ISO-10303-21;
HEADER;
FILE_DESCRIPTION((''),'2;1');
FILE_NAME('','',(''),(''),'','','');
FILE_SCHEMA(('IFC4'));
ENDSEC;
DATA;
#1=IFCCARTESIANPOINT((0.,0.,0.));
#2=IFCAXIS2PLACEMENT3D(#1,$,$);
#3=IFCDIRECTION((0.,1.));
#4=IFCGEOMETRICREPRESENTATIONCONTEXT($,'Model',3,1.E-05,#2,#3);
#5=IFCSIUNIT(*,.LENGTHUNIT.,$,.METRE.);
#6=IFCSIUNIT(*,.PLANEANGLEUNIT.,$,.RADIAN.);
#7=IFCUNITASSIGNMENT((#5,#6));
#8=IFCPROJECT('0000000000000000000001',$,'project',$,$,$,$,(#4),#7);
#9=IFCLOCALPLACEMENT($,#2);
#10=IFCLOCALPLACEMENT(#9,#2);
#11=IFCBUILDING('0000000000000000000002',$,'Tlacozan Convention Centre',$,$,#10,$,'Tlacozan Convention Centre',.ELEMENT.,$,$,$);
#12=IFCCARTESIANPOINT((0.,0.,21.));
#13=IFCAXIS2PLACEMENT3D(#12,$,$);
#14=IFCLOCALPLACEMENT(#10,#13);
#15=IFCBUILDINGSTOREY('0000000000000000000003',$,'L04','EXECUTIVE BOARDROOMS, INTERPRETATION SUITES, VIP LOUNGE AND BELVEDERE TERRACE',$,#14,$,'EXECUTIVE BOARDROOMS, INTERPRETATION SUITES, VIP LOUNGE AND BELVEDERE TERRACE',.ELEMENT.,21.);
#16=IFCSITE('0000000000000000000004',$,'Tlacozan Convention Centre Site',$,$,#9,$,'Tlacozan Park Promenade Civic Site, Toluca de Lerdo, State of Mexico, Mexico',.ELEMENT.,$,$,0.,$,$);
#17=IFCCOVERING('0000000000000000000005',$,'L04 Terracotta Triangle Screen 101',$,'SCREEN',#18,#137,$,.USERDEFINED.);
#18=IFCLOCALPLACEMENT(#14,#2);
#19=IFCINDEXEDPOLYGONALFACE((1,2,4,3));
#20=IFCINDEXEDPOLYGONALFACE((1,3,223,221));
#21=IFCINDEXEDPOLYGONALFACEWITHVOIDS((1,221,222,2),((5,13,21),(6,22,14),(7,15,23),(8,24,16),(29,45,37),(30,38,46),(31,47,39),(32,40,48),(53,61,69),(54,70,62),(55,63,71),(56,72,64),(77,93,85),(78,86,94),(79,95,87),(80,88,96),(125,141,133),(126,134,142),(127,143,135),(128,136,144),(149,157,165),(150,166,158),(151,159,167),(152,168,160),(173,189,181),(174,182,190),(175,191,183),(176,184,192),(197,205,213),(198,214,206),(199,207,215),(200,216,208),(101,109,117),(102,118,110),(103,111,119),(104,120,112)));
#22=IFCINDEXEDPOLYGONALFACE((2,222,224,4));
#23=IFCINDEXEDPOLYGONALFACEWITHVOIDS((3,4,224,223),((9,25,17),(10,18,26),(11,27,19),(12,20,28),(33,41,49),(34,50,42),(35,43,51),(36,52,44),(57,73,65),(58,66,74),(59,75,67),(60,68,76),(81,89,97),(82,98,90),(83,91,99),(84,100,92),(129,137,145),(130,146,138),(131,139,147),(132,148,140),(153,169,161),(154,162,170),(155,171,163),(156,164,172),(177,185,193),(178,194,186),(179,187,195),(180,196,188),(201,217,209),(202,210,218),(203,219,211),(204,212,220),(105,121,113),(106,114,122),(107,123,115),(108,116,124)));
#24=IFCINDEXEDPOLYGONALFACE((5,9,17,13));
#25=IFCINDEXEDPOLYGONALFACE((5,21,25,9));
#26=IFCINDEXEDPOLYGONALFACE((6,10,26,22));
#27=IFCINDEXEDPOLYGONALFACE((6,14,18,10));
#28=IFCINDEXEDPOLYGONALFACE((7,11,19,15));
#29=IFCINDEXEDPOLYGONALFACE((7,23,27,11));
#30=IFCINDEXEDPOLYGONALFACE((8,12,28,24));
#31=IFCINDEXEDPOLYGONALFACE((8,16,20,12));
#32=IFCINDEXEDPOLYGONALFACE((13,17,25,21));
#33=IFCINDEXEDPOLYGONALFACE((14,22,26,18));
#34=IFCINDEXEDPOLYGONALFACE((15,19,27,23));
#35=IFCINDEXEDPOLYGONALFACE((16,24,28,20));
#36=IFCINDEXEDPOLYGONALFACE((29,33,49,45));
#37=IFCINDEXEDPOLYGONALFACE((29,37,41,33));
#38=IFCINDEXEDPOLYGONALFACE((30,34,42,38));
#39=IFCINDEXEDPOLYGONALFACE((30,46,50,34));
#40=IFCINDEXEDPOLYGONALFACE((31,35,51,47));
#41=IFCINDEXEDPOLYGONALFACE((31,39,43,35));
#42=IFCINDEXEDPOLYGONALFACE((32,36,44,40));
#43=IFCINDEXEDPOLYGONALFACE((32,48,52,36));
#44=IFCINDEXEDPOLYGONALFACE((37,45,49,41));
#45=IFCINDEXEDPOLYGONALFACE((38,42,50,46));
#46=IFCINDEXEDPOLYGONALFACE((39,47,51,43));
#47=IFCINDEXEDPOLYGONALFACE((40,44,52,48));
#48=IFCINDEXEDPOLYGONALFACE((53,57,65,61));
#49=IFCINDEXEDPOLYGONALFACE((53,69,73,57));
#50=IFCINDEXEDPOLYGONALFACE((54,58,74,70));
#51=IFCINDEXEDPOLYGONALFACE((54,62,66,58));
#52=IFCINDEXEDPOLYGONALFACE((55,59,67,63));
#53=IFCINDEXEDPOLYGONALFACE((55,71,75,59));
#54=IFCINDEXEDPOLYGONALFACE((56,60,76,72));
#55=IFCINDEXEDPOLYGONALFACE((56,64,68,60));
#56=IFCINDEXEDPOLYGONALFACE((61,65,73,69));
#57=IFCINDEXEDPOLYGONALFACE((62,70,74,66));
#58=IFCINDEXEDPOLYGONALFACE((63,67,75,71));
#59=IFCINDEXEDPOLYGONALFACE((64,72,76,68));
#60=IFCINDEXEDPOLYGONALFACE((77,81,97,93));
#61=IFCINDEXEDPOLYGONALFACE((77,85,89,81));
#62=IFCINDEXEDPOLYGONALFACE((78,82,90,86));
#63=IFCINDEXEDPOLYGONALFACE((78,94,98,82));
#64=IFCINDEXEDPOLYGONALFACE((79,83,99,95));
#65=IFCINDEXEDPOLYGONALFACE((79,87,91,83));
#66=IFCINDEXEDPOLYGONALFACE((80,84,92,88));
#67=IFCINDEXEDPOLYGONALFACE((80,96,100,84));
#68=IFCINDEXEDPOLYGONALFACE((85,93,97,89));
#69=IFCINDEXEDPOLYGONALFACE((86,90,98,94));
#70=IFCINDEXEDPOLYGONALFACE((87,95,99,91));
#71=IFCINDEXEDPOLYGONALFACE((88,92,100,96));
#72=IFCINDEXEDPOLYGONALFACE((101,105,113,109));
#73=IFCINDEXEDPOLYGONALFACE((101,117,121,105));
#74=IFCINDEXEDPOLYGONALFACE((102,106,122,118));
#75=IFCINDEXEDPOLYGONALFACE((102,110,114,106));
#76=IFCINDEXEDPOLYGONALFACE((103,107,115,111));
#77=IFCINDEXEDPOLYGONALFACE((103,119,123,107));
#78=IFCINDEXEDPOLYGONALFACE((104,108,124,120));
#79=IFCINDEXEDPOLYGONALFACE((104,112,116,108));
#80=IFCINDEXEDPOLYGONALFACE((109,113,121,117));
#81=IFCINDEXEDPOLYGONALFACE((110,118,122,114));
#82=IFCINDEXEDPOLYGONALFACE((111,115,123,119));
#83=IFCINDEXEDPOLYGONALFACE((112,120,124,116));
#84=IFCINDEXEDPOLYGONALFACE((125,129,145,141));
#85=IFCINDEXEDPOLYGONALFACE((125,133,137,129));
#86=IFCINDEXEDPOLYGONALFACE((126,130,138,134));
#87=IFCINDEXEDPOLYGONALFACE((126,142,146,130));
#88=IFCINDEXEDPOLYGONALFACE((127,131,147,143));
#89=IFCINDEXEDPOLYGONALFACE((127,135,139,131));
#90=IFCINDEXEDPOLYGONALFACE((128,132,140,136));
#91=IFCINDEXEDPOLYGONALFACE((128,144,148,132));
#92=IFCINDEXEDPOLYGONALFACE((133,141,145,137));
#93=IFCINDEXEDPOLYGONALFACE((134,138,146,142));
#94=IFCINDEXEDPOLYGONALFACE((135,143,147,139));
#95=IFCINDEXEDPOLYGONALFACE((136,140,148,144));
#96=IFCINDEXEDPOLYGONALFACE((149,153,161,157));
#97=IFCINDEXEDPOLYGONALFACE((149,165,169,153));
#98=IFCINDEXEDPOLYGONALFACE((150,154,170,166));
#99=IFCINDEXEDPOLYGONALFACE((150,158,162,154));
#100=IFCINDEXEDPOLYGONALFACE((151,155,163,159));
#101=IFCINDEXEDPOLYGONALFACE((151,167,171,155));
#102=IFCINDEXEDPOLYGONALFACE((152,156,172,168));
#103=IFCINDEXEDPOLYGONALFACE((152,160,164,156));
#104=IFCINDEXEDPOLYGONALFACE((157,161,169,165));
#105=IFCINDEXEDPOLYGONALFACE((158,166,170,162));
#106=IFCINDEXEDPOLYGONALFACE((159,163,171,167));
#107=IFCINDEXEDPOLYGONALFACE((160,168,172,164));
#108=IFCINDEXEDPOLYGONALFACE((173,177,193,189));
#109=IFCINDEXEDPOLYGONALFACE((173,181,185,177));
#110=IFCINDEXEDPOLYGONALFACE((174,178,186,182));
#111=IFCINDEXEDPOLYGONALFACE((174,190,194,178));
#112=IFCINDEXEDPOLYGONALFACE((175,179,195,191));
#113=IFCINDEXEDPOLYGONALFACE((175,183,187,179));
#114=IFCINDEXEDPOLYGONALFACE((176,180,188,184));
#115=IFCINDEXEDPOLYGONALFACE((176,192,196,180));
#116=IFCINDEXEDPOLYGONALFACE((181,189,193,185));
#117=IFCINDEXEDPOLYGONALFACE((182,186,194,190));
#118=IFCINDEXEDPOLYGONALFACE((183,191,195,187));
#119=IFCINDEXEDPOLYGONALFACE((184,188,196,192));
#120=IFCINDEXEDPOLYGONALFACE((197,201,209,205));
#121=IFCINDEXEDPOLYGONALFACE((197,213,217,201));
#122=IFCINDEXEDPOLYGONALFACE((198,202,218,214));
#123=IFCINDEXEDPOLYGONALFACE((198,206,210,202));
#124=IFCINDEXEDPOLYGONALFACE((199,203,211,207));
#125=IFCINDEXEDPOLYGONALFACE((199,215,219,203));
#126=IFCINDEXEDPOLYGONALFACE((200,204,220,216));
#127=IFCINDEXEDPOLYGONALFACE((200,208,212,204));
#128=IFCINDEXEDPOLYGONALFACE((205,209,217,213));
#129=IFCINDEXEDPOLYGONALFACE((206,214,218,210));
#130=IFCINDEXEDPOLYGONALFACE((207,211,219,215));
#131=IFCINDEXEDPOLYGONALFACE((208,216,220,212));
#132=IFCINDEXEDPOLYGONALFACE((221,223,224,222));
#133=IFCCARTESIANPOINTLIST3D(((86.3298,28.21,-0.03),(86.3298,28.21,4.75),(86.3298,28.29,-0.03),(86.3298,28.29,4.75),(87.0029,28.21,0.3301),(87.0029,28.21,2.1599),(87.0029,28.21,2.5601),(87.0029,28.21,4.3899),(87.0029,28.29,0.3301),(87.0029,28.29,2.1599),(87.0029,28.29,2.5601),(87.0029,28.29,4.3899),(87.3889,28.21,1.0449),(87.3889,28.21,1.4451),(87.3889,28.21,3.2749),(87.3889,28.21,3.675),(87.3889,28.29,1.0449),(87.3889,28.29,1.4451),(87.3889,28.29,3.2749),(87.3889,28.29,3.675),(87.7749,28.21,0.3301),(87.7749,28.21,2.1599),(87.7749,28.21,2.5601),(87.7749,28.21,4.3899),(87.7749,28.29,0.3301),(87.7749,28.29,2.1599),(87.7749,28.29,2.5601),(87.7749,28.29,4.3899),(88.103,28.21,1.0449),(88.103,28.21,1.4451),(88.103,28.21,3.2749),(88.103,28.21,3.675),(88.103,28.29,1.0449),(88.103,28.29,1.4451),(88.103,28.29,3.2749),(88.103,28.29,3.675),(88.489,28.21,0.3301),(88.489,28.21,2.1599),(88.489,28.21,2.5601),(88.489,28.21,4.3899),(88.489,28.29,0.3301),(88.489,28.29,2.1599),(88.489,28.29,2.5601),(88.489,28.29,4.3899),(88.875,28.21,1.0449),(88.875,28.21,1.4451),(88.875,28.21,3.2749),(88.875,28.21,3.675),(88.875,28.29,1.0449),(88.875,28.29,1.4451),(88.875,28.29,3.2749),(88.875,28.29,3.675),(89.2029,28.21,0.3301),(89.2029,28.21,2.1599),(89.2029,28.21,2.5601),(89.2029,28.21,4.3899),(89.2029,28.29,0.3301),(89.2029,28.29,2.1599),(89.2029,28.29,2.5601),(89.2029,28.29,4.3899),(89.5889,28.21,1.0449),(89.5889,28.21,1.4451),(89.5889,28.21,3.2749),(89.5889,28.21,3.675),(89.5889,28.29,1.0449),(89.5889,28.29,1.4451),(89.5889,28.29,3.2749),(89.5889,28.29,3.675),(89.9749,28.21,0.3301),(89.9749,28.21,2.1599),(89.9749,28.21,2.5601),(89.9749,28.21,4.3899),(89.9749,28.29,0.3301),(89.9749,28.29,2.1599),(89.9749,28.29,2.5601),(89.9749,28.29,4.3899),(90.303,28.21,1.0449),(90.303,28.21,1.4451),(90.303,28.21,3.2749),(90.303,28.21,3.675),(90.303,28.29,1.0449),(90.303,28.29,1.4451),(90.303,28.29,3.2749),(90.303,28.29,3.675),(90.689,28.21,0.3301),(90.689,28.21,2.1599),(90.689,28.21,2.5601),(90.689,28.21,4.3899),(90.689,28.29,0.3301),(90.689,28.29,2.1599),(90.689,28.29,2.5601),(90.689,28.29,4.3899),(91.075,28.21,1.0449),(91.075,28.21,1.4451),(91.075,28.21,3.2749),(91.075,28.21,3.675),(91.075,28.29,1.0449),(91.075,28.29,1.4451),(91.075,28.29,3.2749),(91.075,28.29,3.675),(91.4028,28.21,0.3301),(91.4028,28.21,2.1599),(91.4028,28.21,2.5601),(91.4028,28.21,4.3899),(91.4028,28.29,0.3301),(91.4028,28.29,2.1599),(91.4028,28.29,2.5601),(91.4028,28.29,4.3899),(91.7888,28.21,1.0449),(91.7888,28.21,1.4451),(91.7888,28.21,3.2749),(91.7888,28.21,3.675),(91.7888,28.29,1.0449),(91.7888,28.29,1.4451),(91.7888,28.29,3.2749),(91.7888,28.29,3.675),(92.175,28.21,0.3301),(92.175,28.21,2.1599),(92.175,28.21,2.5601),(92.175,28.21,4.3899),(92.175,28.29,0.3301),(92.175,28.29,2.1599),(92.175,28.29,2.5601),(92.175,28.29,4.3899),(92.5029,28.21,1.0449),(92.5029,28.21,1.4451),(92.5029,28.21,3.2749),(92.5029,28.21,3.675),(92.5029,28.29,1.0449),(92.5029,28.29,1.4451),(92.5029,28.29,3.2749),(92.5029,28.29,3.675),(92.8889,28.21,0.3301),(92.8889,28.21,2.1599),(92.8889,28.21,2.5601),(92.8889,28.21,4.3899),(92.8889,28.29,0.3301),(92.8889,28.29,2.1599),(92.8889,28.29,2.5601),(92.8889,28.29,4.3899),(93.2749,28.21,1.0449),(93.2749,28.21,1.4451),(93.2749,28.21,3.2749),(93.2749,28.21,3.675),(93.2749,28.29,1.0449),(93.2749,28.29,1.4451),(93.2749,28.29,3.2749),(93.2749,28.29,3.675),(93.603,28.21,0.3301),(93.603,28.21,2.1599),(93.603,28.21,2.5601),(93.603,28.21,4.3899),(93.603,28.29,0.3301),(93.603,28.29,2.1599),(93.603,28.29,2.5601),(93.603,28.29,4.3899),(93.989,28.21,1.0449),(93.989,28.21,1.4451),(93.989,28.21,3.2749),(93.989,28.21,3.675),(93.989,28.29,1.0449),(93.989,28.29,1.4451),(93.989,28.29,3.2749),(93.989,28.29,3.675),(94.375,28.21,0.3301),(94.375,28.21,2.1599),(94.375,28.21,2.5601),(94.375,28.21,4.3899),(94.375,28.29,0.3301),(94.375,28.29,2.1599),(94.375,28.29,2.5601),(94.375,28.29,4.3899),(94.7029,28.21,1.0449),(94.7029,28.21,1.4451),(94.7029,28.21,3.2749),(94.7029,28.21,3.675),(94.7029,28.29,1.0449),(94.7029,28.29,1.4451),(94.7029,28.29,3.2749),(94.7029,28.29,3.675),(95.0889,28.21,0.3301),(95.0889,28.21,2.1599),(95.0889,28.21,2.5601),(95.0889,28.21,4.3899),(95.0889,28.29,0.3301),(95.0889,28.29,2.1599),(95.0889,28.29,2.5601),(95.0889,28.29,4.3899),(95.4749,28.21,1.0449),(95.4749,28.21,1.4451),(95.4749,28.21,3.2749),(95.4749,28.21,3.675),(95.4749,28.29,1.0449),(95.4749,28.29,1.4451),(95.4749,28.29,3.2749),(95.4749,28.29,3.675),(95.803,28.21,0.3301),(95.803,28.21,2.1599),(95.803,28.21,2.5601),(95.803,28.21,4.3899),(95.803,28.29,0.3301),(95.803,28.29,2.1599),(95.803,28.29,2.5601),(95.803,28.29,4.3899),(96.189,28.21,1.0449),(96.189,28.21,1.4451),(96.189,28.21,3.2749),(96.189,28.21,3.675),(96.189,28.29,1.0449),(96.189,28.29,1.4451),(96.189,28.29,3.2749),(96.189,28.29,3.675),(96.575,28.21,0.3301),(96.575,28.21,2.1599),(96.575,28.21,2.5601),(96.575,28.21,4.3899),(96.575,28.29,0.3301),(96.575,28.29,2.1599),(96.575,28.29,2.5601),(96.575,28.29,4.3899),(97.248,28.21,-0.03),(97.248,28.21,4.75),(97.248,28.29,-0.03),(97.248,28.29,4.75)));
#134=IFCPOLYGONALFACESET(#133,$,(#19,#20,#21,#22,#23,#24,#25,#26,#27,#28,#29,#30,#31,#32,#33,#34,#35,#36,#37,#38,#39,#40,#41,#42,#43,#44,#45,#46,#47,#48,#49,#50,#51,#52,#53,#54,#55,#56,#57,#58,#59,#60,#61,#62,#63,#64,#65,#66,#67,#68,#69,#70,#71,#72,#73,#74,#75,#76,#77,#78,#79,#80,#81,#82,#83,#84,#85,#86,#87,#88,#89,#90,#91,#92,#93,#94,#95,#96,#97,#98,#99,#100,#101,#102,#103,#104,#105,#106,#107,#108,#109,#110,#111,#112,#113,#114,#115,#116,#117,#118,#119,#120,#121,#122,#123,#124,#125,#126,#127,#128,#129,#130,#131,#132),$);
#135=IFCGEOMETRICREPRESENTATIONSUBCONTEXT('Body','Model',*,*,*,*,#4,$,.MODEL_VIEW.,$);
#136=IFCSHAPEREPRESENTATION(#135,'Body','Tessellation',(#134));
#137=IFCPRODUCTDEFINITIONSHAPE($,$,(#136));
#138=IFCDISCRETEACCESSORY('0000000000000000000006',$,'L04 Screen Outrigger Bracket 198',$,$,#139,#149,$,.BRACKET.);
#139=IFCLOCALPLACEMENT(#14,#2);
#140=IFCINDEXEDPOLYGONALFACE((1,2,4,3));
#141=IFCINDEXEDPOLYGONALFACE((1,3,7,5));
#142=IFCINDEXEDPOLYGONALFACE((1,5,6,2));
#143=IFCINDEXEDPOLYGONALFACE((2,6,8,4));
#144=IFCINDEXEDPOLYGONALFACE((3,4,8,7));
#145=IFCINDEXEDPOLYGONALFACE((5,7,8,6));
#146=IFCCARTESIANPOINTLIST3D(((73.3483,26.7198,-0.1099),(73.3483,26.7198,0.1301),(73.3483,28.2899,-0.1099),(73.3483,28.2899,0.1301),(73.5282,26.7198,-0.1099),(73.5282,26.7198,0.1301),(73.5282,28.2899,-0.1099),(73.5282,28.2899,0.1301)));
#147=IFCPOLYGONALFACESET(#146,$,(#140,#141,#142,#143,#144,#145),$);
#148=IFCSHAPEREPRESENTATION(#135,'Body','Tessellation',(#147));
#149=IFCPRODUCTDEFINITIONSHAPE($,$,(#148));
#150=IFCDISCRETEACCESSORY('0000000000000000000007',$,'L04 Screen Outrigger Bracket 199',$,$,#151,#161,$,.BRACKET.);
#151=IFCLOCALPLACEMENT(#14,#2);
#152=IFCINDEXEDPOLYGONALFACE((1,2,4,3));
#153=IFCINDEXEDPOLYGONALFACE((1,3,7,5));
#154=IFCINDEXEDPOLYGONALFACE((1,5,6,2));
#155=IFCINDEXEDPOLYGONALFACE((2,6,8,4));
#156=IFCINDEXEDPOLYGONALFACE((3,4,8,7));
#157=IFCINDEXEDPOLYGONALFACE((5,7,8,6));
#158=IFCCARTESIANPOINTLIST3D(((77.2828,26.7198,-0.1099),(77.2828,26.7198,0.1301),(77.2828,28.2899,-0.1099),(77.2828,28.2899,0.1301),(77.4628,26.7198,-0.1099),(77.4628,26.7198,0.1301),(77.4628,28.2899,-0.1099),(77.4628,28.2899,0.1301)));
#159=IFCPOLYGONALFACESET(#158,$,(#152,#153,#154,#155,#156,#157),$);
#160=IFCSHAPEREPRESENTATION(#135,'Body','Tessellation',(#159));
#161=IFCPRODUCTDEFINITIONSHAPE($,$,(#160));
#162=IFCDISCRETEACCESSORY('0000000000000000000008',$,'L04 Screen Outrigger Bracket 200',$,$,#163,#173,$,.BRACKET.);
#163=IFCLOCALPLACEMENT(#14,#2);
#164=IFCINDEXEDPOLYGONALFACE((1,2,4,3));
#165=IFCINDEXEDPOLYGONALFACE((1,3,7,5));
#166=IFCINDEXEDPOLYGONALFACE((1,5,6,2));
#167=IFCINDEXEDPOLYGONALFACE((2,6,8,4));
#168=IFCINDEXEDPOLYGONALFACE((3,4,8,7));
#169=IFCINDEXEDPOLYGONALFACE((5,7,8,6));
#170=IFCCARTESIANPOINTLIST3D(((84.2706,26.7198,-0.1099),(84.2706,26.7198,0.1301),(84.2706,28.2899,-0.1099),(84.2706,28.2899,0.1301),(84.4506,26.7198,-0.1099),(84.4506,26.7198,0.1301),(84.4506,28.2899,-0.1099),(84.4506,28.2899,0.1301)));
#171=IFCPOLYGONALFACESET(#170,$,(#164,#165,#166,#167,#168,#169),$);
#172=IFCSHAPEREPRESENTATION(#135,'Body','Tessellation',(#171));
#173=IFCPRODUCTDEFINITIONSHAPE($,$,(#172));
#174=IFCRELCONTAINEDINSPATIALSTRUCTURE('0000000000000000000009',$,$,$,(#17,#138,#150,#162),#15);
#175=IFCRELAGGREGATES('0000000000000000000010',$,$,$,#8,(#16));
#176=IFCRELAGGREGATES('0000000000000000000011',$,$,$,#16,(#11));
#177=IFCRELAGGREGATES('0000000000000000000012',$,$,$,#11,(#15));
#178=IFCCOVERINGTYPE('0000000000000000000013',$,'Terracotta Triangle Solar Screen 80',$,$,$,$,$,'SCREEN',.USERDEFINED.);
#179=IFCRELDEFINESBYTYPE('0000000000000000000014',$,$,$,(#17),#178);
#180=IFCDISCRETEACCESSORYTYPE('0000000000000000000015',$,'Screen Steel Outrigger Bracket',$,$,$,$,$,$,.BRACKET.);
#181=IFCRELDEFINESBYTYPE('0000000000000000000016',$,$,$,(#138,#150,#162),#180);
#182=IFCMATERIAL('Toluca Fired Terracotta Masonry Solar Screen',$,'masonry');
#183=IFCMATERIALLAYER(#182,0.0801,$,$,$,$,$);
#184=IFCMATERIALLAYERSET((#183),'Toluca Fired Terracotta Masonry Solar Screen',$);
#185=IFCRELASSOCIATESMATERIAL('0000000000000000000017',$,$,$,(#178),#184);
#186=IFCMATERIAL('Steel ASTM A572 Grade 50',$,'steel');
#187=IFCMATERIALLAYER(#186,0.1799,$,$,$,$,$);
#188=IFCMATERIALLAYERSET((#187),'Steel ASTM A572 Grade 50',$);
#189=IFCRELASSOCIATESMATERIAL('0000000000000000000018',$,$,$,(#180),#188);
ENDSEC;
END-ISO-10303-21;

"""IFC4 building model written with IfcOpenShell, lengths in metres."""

from ifc_helpers import new_model, si_unit, direction, frame, origin, origin_2d, place, context, subcontext, project, spatial, polyline, rectangle, outline, extrude, material, layer, layer_set, type_object, element, save


model = new_model("IFC4")

# Units and contexts
model_context = context("Model", 3, precision=1e-05, world=origin(), true_north=direction((0.0, 1.0)))
body_context = subcontext(model_context, "Body", "Model", "MODEL_VIEW")
ifc_project = project(units=[si_unit("LENGTHUNIT", "METRE"), si_unit("PLANEANGLEUNIT", "RADIAN")], contexts=[model_context])

# Site, building, storey
site_placement = place(None, origin())
site = spatial("IfcSite", under=ifc_project, at=site_placement, Name="Tlacozan Convention Centre Site", LongName="Tlacozan Park Promenade Civic Site, Toluca de Lerdo, State of Mexico, Mexico", CompositionType="ELEMENT", RefElevation=0.0)
building_placement = place(site_placement, origin())
building = spatial("IfcBuilding", under=site, at=building_placement, Name="Tlacozan Convention Centre", LongName="Tlacozan Convention Centre", CompositionType="ELEMENT")
storey_placement = place(building_placement, frame((0.0, 0.0, 21.0)))
storey = spatial("IfcBuildingStorey", under=building, at=storey_placement, Name="L04", Description="EXECUTIVE BOARDROOMS, INTERPRETATION SUITES, VIP LOUNGE AND BELVEDERE TERRACE", LongName="EXECUTIVE BOARDROOMS, INTERPRETATION SUITES, VIP LOUNGE AND BELVEDERE TERRACE", CompositionType="ELEMENT", Elevation=21.0)

# Covering
ifc_material_1 = material(Name="Toluca Fired Terracotta Masonry Solar Screen", Category="masonry")
ifc_layer_1 = layer(ifc_material_1, 0.0801)
ifc_layer_set_1 = layer_set([ifc_layer_1], Name="Toluca Fired Terracotta Masonry Solar Screen")
covering_type = type_object("IfcCoveringType", Name="Terracotta Triangle Solar Screen 80", ElementType="SCREEN", PredefinedType="USERDEFINED", material=ifc_layer_set_1)
covering_1_placement = place(storey_placement, frame((86.3298, 28.25, -0.03), z_axis=(0.0, 0.0, 1.0), x_axis=(1.0, 0.0, 0.0)))
element("IfcCovering", 1, at=covering_1_placement, inside=storey, type_object=covering_type, Name="L04 Terracotta Triangle Screen 101", ObjectType="SCREEN", PredefinedType="USERDEFINED", context=body_context, shape_type="SweptSolid", body=[
    extrude(outline(polyline([(0.0, 0.0), (10.9182, 0.0), (10.9182, 4.78), (0.0, 4.78), (0.0, 0.0)]), holes=[polyline([(0.6731, 0.3601), (1.4451, 0.3601), (1.0591, 1.075), (0.6731, 0.3601)]), polyline([(1.7732, 1.075), (2.5452, 1.075), (2.1592, 0.3601), (1.7732, 1.075)]), polyline([(2.873, 0.3601), (3.645, 0.3601), (3.259, 1.075), (2.873, 0.3601)]), polyline([(3.9731, 1.075), (4.7451, 1.075), (4.3591, 0.3601), (3.9731, 1.075)]), polyline([(5.073, 0.3601), (5.8452, 0.3601), (5.459, 1.075), (5.073, 0.3601)]), polyline([(6.1731, 1.075), (6.9451, 1.075), (6.5591, 0.3601), (6.1731, 1.075)]), polyline([(7.2732, 0.3601), (8.0452, 0.3601), (7.6592, 1.075), (7.2732, 0.3601)]), polyline([(8.373, 1.075), (9.145, 1.075), (8.759, 0.3601), (8.373, 1.075)]), polyline([(9.4731, 0.3601), (10.2451, 0.3601), (9.8591, 1.075), (9.4731, 0.3601)]), polyline([(0.6731, 2.1899), (1.4451, 2.1899), (1.0591, 1.4751), (0.6731, 2.1899)]), polyline([(1.7732, 1.4751), (2.5452, 1.4751), (2.1592, 2.1899), (1.7732, 1.4751)]), polyline([(2.873, 2.1899), (3.645, 2.1899), (3.259, 1.4751), (2.873, 2.1899)]), polyline([(3.9731, 1.4751), (4.7451, 1.4751), (4.3591, 2.1899), (3.9731, 1.4751)]), polyline([(5.073, 2.1899), (5.8452, 2.1899), (5.459, 1.4751), (5.073, 2.1899)]), polyline([(6.1731, 1.4751), (6.9451, 1.4751), (6.5591, 2.1899), (6.1731, 1.4751)]), polyline([(7.2732, 2.1899), (8.0452, 2.1899), (7.6592, 1.4751), (7.2732, 2.1899)]), polyline([(8.373, 1.4751), (9.145, 1.4751), (8.759, 2.1899), (8.373, 1.4751)]), polyline([(9.4731, 2.1899), (10.2451, 2.1899), (9.8591, 1.4751), (9.4731, 2.1899)]), polyline([(0.6731, 2.5901), (1.4451, 2.5901), (1.0591, 3.3049), (0.6731, 2.5901)]), polyline([(1.7732, 3.3049), (2.5452, 3.3049), (2.1592, 2.5901), (1.7732, 3.3049)]), polyline([(2.873, 2.5901), (3.645, 2.5901), (3.259, 3.3049), (2.873, 2.5901)]), polyline([(3.9731, 3.3049), (4.7451, 3.3049), (4.3591, 2.5901), (3.9731, 3.3049)]), polyline([(5.073, 2.5901), (5.8452, 2.5901), (5.459, 3.3049), (5.073, 2.5901)]), polyline([(6.1731, 3.3049), (6.9451, 3.3049), (6.5591, 2.5901), (6.1731, 3.3049)]), polyline([(7.2732, 2.5901), (8.0452, 2.5901), (7.6592, 3.3049), (7.2732, 2.5901)]), polyline([(8.373, 3.3049), (9.145, 3.3049), (8.759, 2.5901), (8.373, 3.3049)]), polyline([(9.4731, 2.5901), (10.2451, 2.5901), (9.8591, 3.3049), (9.4731, 2.5901)]), polyline([(0.6731, 4.4199), (1.4451, 4.4199), (1.0591, 3.7051), (0.6731, 4.4199)]), polyline([(1.7732, 3.7051), (2.5452, 3.7051), (2.1592, 4.4199), (1.7732, 3.7051)]), polyline([(2.873, 4.4199), (3.645, 4.4199), (3.259, 3.7051), (2.873, 4.4199)]), polyline([(3.9731, 3.7051), (4.7451, 3.7051), (4.3591, 4.4199), (3.9731, 3.7051)]), polyline([(5.073, 4.4199), (5.8452, 4.4199), (5.459, 3.7051), (5.073, 4.4199)]), polyline([(6.1731, 3.7051), (6.9451, 3.7051), (6.5591, 4.4199), (6.1731, 3.7051)]), polyline([(7.2732, 4.4199), (8.0452, 4.4199), (7.6592, 3.7051), (7.2732, 4.4199)]), polyline([(8.373, 3.7051), (9.145, 3.7051), (8.759, 4.4199), (8.373, 3.7051)]), polyline([(9.4731, 4.4199), (10.2451, 4.4199), (9.8591, 3.7051), (9.4731, 4.4199)])]), frame((0.0, 0.04, 0.0), z_axis=(0.0, -1.0, 0.0), x_axis=(1.0, 0.0, 0.0)), (0.0, 0.0, 1.0), 0.0801),
])

# Discrete accessories
ifc_material_2 = material(Name="Steel ASTM A572 Grade 50", Category="steel")
ifc_layer_2 = layer(ifc_material_2, 0.1799)
ifc_layer_set_2 = layer_set([ifc_layer_2], Name="Steel ASTM A572 Grade 50")
discrete_accessory_type = type_object("IfcDiscreteAccessoryType", Name="Screen Steel Outrigger Bracket", PredefinedType="BRACKET", material=ifc_layer_set_2)
for number, where, z_axis, x_axis, name in (
    (2, (73.4382, 27.5049, -0.1099), (0.0, 0.0, 1.0), (0.0, -1.0, 0.0), "L04 Screen Outrigger Bracket 198"),
    (3, (77.3728, 27.5049, -0.1099), (0.0, 0.0, 1.0), (0.0, -1.0, 0.0), "L04 Screen Outrigger Bracket 199"),
    (4, (84.3606, 27.5049, -0.1099), (0.0, 0.0, 1.0), (0.0, -1.0, 0.0), "L04 Screen Outrigger Bracket 200"),
):
    element("IfcDiscreteAccessory", number, at=place(storey_placement, frame(where, z_axis=z_axis, x_axis=x_axis)), inside=storey, type_object=discrete_accessory_type, Name=name, PredefinedType="BRACKET", context=body_context, shape_type="SweptSolid", body=[
        extrude(rectangle(XDim=1.5701, YDim=0.1799, at=origin_2d()), origin(), (0.0, 0.0, 1.0), 0.24),
    ])

save(model, "model.ifc")
